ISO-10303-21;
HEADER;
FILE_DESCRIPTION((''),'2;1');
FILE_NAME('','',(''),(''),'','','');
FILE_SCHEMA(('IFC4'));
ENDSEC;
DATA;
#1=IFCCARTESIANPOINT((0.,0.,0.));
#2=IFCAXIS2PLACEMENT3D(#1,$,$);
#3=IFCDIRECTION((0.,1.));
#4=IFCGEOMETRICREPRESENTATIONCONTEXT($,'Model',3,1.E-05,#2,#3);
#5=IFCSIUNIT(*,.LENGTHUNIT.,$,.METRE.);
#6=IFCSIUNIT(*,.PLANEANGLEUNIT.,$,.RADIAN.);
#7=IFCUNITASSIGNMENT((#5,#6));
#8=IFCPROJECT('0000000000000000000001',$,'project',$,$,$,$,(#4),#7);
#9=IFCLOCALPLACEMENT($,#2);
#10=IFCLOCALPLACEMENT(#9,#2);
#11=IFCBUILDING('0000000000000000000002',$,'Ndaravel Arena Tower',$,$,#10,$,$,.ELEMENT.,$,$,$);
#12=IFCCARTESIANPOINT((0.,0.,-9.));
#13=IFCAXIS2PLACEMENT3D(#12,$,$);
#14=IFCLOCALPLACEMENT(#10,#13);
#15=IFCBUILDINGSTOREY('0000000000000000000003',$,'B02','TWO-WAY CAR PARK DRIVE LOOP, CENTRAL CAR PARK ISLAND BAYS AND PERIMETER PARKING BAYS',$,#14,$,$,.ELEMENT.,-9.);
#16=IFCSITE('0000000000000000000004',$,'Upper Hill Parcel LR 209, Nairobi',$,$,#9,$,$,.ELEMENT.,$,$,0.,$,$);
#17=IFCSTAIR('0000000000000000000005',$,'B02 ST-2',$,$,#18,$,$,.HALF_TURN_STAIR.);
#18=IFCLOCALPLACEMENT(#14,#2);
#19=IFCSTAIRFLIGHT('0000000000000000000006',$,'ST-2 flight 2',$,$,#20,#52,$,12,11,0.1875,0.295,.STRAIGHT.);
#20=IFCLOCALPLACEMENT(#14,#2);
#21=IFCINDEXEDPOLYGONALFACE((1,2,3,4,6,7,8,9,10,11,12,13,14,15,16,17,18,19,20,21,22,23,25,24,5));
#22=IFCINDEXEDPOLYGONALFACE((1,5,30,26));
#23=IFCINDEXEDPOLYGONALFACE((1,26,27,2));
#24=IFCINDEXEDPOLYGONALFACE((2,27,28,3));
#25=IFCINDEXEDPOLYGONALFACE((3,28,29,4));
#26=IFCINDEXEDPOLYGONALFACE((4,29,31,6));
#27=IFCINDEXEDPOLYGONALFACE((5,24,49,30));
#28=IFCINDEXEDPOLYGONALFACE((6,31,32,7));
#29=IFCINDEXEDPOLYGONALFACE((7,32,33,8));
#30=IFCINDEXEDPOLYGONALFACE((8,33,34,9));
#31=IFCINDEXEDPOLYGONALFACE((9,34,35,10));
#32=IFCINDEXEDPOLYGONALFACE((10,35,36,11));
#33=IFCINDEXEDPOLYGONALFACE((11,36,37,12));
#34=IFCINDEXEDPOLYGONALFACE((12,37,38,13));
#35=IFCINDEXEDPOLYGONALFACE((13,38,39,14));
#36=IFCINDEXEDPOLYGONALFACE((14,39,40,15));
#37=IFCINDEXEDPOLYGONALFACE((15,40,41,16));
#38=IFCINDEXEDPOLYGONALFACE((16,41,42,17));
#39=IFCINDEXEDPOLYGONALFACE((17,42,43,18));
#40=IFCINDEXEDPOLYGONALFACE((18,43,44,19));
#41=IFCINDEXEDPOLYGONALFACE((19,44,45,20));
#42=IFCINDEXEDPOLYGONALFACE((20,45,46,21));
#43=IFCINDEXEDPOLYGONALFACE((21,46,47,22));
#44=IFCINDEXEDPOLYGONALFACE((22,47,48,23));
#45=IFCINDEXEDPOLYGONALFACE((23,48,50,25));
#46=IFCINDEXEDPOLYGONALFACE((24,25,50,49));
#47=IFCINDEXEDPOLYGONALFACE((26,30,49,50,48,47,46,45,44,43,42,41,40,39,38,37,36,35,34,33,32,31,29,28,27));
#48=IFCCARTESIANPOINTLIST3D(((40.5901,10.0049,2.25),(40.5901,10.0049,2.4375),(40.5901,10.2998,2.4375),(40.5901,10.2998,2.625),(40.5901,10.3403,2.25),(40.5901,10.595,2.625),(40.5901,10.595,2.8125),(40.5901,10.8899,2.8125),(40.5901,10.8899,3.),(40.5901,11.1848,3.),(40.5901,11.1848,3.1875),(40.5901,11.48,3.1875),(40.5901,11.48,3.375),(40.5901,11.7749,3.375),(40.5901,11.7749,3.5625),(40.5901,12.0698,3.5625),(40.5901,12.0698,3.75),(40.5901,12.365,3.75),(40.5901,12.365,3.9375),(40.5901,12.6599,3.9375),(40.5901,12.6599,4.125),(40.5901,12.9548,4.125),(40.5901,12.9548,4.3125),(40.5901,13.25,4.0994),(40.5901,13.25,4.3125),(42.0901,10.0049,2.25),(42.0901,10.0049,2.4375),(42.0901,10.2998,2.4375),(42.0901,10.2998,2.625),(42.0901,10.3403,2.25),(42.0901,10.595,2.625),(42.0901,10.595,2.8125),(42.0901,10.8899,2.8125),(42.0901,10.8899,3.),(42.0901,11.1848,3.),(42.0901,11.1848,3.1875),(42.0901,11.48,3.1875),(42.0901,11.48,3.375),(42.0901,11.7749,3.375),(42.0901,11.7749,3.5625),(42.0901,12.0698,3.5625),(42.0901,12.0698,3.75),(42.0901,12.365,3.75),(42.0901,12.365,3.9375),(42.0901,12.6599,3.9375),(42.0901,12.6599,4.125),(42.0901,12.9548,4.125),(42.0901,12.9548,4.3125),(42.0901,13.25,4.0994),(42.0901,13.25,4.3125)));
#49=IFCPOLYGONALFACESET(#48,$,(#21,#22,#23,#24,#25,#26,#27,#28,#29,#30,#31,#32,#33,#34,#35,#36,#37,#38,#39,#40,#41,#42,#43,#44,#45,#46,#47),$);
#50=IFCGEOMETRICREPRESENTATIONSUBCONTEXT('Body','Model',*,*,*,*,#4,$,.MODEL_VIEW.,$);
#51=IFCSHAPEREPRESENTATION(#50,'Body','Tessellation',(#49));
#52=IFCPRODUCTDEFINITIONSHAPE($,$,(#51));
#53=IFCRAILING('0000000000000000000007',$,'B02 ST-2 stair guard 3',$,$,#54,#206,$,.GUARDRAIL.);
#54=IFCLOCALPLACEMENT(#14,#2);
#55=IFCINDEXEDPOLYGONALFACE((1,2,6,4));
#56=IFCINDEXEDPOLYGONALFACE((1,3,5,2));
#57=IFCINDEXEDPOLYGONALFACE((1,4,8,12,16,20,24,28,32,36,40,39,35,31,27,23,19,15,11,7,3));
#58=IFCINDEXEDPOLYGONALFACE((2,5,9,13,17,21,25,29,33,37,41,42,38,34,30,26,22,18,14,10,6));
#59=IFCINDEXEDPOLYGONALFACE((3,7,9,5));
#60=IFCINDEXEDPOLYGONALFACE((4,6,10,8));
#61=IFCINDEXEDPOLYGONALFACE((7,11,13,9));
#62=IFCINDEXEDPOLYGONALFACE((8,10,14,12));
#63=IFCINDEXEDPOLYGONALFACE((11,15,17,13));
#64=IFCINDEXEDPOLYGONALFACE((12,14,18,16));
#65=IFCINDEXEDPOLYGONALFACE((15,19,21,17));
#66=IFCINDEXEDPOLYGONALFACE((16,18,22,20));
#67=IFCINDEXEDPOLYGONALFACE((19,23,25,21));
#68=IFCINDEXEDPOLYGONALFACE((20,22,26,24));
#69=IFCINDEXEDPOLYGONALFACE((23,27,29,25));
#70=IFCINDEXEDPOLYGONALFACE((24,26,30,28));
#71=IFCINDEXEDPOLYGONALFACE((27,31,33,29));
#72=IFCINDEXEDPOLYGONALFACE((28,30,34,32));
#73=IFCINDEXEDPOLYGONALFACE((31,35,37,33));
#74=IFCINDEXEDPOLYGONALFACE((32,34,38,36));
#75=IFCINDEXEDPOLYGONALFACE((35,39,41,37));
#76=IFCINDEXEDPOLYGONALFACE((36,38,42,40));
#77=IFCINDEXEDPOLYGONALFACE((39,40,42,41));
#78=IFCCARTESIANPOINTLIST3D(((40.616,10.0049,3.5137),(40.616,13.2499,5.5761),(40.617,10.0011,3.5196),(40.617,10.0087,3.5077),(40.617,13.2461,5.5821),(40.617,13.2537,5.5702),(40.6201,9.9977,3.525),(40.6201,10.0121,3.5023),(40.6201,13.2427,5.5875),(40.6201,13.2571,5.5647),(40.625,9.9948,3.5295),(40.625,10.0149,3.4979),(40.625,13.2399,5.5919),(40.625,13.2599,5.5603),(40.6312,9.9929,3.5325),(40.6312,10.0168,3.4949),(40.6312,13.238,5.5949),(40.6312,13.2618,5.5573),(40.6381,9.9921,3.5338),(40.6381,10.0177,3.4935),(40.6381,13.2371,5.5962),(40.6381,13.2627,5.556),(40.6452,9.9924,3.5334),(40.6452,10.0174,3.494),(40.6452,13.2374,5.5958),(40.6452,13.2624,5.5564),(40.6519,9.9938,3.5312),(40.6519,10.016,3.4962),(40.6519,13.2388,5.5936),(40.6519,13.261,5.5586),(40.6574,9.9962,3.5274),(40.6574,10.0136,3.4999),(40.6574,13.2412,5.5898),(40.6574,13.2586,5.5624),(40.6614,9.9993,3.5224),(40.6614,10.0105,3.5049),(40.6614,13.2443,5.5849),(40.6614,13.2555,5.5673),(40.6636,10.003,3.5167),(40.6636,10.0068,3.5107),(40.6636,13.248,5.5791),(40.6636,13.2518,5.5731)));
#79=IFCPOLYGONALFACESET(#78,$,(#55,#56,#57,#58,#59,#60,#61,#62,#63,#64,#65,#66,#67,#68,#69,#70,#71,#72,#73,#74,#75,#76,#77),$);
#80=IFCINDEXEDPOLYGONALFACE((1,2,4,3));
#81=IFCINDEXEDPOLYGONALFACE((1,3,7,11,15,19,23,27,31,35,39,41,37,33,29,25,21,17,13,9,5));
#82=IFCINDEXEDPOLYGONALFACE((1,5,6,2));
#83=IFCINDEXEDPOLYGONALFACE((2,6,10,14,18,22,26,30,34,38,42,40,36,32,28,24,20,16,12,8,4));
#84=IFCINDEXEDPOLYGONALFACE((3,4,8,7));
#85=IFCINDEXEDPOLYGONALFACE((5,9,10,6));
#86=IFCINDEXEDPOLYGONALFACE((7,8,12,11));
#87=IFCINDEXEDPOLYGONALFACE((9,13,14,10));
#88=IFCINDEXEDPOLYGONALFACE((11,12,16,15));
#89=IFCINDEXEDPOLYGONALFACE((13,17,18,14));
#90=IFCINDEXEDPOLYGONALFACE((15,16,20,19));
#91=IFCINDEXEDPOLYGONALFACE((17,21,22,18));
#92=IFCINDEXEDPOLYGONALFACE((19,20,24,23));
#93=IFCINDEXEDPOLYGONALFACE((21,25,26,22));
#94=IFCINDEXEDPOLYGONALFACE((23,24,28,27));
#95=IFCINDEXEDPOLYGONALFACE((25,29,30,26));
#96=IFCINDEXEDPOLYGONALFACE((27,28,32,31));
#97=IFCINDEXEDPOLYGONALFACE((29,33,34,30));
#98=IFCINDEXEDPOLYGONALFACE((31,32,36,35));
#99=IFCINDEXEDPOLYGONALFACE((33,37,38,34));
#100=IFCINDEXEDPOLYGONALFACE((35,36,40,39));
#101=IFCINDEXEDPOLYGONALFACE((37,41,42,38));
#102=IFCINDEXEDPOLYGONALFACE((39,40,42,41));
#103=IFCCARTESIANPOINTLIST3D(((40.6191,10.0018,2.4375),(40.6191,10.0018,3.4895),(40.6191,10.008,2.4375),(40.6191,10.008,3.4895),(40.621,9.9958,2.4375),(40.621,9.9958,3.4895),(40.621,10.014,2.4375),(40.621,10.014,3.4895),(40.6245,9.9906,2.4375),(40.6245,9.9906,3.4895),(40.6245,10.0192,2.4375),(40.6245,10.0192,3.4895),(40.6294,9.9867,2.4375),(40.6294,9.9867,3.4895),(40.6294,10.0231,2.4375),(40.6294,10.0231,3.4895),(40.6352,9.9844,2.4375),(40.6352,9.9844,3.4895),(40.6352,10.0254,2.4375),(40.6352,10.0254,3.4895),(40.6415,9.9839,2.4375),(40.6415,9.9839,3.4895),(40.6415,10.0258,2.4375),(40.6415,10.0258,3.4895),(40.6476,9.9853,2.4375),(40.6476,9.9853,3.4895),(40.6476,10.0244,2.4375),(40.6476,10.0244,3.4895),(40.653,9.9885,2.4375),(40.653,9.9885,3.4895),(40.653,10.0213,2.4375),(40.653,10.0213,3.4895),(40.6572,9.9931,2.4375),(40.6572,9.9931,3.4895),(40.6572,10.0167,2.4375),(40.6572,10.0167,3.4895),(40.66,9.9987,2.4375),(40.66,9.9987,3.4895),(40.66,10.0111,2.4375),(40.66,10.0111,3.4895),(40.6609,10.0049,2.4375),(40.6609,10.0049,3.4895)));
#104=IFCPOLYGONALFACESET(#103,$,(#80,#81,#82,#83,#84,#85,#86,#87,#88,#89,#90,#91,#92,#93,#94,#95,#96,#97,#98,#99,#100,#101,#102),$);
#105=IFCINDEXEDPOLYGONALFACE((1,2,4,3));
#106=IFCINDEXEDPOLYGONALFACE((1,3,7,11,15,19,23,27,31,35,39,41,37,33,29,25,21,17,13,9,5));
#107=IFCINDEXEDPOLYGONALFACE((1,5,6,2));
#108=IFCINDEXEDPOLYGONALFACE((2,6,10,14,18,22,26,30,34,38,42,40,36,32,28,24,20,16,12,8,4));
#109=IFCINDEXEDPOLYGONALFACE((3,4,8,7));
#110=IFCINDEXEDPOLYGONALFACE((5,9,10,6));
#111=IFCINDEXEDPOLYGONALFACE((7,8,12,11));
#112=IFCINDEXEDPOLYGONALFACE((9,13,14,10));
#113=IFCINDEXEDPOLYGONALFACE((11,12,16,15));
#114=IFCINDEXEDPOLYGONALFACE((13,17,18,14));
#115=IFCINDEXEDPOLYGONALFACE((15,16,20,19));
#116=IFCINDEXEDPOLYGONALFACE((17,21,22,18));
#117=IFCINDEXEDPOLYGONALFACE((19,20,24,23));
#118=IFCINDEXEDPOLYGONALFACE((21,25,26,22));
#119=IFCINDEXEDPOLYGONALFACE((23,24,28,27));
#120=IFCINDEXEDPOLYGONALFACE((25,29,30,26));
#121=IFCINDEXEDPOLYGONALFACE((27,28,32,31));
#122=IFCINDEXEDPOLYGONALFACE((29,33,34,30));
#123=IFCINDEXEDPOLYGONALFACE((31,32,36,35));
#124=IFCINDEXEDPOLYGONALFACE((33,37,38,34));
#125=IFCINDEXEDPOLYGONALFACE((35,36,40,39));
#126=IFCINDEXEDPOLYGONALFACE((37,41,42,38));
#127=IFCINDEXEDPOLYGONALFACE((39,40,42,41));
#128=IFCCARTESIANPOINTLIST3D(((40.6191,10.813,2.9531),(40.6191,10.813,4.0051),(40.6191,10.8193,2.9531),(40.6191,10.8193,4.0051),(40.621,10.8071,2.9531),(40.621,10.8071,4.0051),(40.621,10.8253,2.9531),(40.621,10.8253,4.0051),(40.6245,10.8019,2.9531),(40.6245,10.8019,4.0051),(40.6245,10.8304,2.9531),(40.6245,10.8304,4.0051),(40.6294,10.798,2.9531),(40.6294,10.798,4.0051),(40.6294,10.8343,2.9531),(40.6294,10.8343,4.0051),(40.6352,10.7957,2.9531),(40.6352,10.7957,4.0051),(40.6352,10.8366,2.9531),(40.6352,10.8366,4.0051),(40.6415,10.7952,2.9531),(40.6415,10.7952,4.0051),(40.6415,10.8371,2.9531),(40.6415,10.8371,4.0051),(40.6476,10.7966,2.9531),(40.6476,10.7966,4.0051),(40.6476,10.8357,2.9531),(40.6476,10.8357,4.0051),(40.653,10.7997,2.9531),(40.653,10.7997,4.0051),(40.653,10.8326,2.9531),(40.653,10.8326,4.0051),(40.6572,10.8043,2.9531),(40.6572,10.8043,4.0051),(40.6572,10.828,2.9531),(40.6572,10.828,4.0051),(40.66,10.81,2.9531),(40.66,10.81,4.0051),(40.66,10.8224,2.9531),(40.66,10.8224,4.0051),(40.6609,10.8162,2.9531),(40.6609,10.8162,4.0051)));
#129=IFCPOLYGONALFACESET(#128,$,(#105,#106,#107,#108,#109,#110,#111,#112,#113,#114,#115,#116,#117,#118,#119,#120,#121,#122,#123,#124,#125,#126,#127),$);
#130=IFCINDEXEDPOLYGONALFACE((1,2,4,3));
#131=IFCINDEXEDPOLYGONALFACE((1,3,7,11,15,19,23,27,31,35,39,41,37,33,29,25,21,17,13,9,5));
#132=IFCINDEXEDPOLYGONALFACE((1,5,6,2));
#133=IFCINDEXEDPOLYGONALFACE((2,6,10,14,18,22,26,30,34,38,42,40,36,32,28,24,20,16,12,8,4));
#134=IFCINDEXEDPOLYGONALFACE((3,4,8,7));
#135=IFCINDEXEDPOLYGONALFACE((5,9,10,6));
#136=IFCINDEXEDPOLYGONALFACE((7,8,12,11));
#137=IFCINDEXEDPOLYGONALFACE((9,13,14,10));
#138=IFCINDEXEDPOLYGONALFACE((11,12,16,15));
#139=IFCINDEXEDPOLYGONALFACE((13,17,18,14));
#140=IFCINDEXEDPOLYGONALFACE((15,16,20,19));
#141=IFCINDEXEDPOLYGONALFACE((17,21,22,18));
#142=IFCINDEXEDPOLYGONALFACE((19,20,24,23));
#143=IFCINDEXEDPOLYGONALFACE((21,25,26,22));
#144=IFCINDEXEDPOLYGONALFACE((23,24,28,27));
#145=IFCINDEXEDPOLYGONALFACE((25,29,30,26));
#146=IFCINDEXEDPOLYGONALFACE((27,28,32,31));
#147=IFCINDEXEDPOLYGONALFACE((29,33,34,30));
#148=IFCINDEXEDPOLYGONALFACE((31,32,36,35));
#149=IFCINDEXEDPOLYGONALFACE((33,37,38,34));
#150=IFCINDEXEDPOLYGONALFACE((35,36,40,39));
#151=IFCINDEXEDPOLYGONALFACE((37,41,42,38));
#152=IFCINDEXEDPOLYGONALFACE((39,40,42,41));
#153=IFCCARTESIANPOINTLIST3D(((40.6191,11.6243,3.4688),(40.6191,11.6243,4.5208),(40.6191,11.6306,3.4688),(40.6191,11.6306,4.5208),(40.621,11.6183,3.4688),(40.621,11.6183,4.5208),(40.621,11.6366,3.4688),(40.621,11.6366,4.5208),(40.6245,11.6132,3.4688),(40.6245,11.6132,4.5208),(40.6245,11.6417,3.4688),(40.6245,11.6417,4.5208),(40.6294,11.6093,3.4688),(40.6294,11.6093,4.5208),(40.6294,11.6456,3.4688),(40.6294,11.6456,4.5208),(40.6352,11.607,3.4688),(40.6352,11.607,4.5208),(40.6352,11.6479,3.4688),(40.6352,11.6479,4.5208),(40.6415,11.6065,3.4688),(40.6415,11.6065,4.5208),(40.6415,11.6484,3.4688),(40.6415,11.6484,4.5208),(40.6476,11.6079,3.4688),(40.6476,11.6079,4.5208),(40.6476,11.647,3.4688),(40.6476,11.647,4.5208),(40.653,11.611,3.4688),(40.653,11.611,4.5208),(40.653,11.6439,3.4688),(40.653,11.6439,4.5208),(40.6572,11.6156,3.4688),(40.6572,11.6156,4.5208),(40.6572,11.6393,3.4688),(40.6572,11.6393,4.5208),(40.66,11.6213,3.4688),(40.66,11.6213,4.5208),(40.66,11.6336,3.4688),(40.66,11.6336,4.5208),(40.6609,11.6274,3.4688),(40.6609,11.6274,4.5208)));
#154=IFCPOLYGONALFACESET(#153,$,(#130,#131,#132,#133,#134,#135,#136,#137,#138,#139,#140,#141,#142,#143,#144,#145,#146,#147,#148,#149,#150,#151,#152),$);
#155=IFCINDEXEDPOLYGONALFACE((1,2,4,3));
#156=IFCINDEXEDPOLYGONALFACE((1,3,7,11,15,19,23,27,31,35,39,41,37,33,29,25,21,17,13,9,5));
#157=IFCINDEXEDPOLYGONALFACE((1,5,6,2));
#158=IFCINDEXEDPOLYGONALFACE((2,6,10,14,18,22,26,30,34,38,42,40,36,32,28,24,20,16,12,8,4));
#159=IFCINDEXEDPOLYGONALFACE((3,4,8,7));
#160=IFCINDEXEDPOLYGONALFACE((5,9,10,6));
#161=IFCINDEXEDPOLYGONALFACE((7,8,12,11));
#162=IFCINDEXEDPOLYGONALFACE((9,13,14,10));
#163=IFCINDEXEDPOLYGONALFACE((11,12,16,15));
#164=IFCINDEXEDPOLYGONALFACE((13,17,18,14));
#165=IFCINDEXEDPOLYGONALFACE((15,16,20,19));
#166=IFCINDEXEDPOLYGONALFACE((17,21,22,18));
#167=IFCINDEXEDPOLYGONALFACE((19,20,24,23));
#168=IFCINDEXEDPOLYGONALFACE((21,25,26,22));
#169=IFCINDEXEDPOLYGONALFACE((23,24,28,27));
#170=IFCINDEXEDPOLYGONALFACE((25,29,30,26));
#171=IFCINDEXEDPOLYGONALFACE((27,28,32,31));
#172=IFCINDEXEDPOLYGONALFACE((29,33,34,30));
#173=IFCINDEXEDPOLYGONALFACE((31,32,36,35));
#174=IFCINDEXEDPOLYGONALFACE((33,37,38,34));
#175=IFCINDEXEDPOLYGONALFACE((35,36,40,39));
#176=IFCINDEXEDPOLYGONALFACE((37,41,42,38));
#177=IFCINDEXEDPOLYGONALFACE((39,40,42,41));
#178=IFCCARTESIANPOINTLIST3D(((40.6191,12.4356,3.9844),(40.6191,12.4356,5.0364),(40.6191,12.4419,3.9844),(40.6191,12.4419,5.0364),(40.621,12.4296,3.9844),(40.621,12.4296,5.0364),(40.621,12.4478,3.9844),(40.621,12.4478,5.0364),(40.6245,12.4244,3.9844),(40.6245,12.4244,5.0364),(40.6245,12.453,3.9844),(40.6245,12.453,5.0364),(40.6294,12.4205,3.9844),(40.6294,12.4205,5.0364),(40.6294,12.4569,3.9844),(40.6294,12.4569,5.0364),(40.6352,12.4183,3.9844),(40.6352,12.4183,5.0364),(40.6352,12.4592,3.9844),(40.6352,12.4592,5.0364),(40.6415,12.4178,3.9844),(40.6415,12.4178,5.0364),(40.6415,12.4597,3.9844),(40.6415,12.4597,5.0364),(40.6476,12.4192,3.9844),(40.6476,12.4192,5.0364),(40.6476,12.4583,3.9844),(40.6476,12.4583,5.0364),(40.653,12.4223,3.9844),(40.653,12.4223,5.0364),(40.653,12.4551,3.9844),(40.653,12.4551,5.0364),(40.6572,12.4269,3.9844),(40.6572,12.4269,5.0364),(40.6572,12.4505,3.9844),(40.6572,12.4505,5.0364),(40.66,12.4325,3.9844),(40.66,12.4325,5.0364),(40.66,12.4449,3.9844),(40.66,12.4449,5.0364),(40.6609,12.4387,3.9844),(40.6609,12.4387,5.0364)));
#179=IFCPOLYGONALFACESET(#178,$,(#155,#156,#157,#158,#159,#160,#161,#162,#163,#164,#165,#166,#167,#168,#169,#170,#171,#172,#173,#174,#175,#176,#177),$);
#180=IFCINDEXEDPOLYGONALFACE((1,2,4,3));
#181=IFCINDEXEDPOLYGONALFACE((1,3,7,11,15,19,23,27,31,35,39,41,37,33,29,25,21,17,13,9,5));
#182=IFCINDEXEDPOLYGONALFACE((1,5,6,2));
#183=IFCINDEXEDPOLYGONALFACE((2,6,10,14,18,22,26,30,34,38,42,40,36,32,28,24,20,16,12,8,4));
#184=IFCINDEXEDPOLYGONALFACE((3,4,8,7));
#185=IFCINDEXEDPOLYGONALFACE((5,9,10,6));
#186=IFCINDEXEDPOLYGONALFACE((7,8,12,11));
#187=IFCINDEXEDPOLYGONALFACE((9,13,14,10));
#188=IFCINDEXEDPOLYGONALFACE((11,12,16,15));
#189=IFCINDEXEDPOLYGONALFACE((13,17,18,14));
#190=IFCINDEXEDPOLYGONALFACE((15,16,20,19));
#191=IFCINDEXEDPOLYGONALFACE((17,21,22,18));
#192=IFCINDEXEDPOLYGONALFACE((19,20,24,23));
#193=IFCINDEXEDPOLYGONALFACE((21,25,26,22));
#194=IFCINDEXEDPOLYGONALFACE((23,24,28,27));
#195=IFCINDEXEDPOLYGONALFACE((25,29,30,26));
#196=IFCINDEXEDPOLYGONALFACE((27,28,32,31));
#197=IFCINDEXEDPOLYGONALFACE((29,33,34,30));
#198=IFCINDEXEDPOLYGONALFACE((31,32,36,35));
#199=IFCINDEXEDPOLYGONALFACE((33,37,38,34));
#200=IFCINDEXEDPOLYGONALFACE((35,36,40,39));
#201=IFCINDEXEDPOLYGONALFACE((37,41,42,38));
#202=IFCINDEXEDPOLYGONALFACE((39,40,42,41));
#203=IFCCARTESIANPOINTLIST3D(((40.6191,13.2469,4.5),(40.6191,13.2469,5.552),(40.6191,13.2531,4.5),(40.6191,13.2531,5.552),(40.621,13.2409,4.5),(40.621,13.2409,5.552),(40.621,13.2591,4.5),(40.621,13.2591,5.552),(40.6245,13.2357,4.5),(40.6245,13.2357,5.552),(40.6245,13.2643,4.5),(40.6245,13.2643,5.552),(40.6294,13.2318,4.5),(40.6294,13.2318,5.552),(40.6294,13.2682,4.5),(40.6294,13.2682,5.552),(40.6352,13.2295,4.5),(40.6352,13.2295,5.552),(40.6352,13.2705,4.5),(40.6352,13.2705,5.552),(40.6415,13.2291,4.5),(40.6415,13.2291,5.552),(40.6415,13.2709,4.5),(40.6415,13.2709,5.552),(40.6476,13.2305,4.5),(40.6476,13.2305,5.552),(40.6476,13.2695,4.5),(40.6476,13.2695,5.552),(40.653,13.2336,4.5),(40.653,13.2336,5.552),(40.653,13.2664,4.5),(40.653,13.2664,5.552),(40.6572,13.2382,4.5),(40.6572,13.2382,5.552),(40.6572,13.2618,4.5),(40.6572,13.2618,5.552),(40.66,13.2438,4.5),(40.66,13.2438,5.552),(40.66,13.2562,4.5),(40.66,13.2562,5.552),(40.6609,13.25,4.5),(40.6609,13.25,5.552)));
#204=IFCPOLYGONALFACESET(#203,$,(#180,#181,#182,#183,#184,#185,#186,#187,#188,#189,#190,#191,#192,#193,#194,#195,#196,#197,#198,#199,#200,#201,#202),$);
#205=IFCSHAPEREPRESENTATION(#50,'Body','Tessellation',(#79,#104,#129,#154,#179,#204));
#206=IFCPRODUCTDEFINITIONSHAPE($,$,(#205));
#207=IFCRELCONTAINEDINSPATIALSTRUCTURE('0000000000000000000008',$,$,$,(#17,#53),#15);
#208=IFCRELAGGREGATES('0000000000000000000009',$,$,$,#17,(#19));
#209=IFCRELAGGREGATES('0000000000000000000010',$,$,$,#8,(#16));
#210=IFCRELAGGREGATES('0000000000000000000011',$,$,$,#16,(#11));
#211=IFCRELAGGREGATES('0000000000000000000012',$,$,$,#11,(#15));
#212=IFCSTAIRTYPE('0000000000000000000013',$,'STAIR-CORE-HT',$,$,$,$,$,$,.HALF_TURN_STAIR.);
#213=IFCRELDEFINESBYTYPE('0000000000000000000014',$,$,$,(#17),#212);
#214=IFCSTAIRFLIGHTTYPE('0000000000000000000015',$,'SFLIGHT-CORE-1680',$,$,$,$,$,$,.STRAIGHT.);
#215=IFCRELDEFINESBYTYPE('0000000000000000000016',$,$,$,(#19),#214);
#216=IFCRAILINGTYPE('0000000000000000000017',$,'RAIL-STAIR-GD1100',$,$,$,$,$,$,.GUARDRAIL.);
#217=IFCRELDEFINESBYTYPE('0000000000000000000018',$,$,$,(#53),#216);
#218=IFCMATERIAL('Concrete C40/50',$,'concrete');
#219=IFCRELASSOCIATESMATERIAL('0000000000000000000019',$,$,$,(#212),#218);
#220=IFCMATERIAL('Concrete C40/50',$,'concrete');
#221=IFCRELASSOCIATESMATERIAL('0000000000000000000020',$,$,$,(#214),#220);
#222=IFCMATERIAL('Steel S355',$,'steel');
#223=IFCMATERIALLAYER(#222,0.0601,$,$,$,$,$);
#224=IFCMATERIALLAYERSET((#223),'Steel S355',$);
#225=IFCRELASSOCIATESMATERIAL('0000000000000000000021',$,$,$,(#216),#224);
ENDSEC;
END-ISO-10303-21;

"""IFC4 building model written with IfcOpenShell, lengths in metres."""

from ifc_helpers import new_model, si_unit, direction, frame, origin, origin_2d, place, context, subcontext, project, spatial, polyline, circle, outline, extrude, material, layer, layer_set, type_object, element, aggregate, save


model = new_model("IFC4")

# Units and contexts
model_context = context("Model", 3, precision=1e-05, world=origin(), true_north=direction((0.0, 1.0)))
body_context = subcontext(model_context, "Body", "Model", "MODEL_VIEW")
ifc_project = project(units=[si_unit("LENGTHUNIT", "METRE"), si_unit("PLANEANGLEUNIT", "RADIAN")], contexts=[model_context])

# Site, building, storey
site_placement = place(None, origin())
site = spatial("IfcSite", under=ifc_project, at=site_placement, Name="Upper Hill Parcel LR 209, Nairobi", CompositionType="ELEMENT", RefElevation=0.0)
building_placement = place(site_placement, origin())
building = spatial("IfcBuilding", under=site, at=building_placement, Name="Ndaravel Arena Tower", CompositionType="ELEMENT")
storey_placement = place(building_placement, frame((0.0, 0.0, -9.0)))
storey = spatial("IfcBuildingStorey", under=building, at=storey_placement, Name="B02", Description="TWO-WAY CAR PARK DRIVE LOOP, CENTRAL CAR PARK ISLAND BAYS AND PERIMETER PARKING BAYS", CompositionType="ELEMENT", Elevation=-9.0)

# Stair, stair flight
ifc_material_1 = material(Name="Concrete C40/50", Category="concrete")
stair_type = type_object("IfcStairType", Name="STAIR-CORE-HT", PredefinedType="HALF_TURN_STAIR", material=ifc_material_1)
stair_placement = place(storey_placement, origin())
stair = element("IfcStair", 1, at=stair_placement, inside=storey, type_object=stair_type, Name="B02 ST-2", PredefinedType="HALF_TURN_STAIR")
ifc_material_2 = material(Name="Concrete C40/50", Category="concrete")
stair_flight_type = type_object("IfcStairFlightType", Name="SFLIGHT-CORE-1680", PredefinedType="STRAIGHT", material=ifc_material_2)
stair_flight_placement = place(storey_placement, frame((41.3401, 10.0049, 2.25), z_axis=(0.0, 0.0, 1.0), x_axis=(0.0, 1.0, 0.0)))
stair_flight = element("IfcStairFlight", 2, at=stair_flight_placement, type_object=stair_flight_type, Name="ST-2 flight 2", NumberOfRisers=12, NumberOfTreads=11, PredefinedType="STRAIGHT", RiserHeight=0.1875, TreadLength=0.295, context=body_context, shape_type="SweptSolid", body=[
    extrude(outline(polyline([(0.0, 0.0), (0.0, 0.1875), (0.2949, 0.1875), (0.2949, 0.375), (0.5901, 0.375), (0.5901, 0.5625), (0.885, 0.5625), (0.885, 0.75), (1.1799, 0.75), (1.1799, 0.9375), (1.4751, 0.9375), (1.4751, 1.125), (1.77, 1.125), (1.77, 1.3125), (2.0649, 1.3125), (2.0649, 1.5), (2.3601, 1.5), (2.3601, 1.6875), (2.655, 1.6875), (2.655, 1.875), (2.95, 1.875), (2.95, 2.0625), (3.2451, 2.0625), (3.2451, 2.25), (3.2451, 1.8494), (0.3354, 0.0), (0.0, 0.0)])), frame((0.0, 0.75, 0.0), z_axis=(0.0, -1.0, 0.0), x_axis=(1.0, 0.0, 0.0)), (0.0, 0.0, 1.0), 1.5),
])
aggregate(stair, [stair_flight])

# Railing
ifc_material_3 = material(Name="Steel S355", Category="steel")
ifc_layer_1 = layer(ifc_material_3, 0.0601)
ifc_layer_set_1 = layer_set([ifc_layer_1], Name="Steel S355")
railing_type_1 = type_object("IfcRailingType", Name="RAIL-STAIR-GD1100", PredefinedType="GUARDRAIL", material=ifc_layer_set_1)
railing_1_placement = place(storey_placement, frame((40.6399, 10.0049, 2.4375)))
element("IfcRailing", 3, at=railing_1_placement, inside=storey, type_object=railing_type_1, Name="B02 ST-2 stair guard 3", PredefinedType="GUARDRAIL", context=body_context, shape_type="SweptSolid", body=[
    extrude(circle(Radius=0.0239, at=origin_2d()), frame((0.0, 0.0, 1.0762), z_axis=(0.0, 0.843965, 0.536399), x_axis=(-1.0, 0.0, 0.0)), (0.0, 0.0, 1.0), 3.845),
    extrude(circle(Radius=0.021, at=origin_2d()), origin(), (0.0, 0.0, 1.0), 1.052),
    extrude(circle(Radius=0.021, at=origin_2d()), frame((0.0, 0.8113, 0.5156)), (0.0, 0.0, 1.0), 1.052),
    extrude(circle(Radius=0.021, at=origin_2d()), frame((0.0, 1.6226, 1.0312)), (0.0, 0.0, 1.0), 1.052),
    extrude(circle(Radius=0.021, at=origin_2d()), frame((0.0, 2.4338, 1.5469)), (0.0, 0.0, 1.0), 1.052),
    extrude(circle(Radius=0.021, at=origin_2d()), frame((0.0, 3.2451, 2.0625)), (0.0, 0.0, 1.0), 1.052),
])

save(model, "model.ifc")
